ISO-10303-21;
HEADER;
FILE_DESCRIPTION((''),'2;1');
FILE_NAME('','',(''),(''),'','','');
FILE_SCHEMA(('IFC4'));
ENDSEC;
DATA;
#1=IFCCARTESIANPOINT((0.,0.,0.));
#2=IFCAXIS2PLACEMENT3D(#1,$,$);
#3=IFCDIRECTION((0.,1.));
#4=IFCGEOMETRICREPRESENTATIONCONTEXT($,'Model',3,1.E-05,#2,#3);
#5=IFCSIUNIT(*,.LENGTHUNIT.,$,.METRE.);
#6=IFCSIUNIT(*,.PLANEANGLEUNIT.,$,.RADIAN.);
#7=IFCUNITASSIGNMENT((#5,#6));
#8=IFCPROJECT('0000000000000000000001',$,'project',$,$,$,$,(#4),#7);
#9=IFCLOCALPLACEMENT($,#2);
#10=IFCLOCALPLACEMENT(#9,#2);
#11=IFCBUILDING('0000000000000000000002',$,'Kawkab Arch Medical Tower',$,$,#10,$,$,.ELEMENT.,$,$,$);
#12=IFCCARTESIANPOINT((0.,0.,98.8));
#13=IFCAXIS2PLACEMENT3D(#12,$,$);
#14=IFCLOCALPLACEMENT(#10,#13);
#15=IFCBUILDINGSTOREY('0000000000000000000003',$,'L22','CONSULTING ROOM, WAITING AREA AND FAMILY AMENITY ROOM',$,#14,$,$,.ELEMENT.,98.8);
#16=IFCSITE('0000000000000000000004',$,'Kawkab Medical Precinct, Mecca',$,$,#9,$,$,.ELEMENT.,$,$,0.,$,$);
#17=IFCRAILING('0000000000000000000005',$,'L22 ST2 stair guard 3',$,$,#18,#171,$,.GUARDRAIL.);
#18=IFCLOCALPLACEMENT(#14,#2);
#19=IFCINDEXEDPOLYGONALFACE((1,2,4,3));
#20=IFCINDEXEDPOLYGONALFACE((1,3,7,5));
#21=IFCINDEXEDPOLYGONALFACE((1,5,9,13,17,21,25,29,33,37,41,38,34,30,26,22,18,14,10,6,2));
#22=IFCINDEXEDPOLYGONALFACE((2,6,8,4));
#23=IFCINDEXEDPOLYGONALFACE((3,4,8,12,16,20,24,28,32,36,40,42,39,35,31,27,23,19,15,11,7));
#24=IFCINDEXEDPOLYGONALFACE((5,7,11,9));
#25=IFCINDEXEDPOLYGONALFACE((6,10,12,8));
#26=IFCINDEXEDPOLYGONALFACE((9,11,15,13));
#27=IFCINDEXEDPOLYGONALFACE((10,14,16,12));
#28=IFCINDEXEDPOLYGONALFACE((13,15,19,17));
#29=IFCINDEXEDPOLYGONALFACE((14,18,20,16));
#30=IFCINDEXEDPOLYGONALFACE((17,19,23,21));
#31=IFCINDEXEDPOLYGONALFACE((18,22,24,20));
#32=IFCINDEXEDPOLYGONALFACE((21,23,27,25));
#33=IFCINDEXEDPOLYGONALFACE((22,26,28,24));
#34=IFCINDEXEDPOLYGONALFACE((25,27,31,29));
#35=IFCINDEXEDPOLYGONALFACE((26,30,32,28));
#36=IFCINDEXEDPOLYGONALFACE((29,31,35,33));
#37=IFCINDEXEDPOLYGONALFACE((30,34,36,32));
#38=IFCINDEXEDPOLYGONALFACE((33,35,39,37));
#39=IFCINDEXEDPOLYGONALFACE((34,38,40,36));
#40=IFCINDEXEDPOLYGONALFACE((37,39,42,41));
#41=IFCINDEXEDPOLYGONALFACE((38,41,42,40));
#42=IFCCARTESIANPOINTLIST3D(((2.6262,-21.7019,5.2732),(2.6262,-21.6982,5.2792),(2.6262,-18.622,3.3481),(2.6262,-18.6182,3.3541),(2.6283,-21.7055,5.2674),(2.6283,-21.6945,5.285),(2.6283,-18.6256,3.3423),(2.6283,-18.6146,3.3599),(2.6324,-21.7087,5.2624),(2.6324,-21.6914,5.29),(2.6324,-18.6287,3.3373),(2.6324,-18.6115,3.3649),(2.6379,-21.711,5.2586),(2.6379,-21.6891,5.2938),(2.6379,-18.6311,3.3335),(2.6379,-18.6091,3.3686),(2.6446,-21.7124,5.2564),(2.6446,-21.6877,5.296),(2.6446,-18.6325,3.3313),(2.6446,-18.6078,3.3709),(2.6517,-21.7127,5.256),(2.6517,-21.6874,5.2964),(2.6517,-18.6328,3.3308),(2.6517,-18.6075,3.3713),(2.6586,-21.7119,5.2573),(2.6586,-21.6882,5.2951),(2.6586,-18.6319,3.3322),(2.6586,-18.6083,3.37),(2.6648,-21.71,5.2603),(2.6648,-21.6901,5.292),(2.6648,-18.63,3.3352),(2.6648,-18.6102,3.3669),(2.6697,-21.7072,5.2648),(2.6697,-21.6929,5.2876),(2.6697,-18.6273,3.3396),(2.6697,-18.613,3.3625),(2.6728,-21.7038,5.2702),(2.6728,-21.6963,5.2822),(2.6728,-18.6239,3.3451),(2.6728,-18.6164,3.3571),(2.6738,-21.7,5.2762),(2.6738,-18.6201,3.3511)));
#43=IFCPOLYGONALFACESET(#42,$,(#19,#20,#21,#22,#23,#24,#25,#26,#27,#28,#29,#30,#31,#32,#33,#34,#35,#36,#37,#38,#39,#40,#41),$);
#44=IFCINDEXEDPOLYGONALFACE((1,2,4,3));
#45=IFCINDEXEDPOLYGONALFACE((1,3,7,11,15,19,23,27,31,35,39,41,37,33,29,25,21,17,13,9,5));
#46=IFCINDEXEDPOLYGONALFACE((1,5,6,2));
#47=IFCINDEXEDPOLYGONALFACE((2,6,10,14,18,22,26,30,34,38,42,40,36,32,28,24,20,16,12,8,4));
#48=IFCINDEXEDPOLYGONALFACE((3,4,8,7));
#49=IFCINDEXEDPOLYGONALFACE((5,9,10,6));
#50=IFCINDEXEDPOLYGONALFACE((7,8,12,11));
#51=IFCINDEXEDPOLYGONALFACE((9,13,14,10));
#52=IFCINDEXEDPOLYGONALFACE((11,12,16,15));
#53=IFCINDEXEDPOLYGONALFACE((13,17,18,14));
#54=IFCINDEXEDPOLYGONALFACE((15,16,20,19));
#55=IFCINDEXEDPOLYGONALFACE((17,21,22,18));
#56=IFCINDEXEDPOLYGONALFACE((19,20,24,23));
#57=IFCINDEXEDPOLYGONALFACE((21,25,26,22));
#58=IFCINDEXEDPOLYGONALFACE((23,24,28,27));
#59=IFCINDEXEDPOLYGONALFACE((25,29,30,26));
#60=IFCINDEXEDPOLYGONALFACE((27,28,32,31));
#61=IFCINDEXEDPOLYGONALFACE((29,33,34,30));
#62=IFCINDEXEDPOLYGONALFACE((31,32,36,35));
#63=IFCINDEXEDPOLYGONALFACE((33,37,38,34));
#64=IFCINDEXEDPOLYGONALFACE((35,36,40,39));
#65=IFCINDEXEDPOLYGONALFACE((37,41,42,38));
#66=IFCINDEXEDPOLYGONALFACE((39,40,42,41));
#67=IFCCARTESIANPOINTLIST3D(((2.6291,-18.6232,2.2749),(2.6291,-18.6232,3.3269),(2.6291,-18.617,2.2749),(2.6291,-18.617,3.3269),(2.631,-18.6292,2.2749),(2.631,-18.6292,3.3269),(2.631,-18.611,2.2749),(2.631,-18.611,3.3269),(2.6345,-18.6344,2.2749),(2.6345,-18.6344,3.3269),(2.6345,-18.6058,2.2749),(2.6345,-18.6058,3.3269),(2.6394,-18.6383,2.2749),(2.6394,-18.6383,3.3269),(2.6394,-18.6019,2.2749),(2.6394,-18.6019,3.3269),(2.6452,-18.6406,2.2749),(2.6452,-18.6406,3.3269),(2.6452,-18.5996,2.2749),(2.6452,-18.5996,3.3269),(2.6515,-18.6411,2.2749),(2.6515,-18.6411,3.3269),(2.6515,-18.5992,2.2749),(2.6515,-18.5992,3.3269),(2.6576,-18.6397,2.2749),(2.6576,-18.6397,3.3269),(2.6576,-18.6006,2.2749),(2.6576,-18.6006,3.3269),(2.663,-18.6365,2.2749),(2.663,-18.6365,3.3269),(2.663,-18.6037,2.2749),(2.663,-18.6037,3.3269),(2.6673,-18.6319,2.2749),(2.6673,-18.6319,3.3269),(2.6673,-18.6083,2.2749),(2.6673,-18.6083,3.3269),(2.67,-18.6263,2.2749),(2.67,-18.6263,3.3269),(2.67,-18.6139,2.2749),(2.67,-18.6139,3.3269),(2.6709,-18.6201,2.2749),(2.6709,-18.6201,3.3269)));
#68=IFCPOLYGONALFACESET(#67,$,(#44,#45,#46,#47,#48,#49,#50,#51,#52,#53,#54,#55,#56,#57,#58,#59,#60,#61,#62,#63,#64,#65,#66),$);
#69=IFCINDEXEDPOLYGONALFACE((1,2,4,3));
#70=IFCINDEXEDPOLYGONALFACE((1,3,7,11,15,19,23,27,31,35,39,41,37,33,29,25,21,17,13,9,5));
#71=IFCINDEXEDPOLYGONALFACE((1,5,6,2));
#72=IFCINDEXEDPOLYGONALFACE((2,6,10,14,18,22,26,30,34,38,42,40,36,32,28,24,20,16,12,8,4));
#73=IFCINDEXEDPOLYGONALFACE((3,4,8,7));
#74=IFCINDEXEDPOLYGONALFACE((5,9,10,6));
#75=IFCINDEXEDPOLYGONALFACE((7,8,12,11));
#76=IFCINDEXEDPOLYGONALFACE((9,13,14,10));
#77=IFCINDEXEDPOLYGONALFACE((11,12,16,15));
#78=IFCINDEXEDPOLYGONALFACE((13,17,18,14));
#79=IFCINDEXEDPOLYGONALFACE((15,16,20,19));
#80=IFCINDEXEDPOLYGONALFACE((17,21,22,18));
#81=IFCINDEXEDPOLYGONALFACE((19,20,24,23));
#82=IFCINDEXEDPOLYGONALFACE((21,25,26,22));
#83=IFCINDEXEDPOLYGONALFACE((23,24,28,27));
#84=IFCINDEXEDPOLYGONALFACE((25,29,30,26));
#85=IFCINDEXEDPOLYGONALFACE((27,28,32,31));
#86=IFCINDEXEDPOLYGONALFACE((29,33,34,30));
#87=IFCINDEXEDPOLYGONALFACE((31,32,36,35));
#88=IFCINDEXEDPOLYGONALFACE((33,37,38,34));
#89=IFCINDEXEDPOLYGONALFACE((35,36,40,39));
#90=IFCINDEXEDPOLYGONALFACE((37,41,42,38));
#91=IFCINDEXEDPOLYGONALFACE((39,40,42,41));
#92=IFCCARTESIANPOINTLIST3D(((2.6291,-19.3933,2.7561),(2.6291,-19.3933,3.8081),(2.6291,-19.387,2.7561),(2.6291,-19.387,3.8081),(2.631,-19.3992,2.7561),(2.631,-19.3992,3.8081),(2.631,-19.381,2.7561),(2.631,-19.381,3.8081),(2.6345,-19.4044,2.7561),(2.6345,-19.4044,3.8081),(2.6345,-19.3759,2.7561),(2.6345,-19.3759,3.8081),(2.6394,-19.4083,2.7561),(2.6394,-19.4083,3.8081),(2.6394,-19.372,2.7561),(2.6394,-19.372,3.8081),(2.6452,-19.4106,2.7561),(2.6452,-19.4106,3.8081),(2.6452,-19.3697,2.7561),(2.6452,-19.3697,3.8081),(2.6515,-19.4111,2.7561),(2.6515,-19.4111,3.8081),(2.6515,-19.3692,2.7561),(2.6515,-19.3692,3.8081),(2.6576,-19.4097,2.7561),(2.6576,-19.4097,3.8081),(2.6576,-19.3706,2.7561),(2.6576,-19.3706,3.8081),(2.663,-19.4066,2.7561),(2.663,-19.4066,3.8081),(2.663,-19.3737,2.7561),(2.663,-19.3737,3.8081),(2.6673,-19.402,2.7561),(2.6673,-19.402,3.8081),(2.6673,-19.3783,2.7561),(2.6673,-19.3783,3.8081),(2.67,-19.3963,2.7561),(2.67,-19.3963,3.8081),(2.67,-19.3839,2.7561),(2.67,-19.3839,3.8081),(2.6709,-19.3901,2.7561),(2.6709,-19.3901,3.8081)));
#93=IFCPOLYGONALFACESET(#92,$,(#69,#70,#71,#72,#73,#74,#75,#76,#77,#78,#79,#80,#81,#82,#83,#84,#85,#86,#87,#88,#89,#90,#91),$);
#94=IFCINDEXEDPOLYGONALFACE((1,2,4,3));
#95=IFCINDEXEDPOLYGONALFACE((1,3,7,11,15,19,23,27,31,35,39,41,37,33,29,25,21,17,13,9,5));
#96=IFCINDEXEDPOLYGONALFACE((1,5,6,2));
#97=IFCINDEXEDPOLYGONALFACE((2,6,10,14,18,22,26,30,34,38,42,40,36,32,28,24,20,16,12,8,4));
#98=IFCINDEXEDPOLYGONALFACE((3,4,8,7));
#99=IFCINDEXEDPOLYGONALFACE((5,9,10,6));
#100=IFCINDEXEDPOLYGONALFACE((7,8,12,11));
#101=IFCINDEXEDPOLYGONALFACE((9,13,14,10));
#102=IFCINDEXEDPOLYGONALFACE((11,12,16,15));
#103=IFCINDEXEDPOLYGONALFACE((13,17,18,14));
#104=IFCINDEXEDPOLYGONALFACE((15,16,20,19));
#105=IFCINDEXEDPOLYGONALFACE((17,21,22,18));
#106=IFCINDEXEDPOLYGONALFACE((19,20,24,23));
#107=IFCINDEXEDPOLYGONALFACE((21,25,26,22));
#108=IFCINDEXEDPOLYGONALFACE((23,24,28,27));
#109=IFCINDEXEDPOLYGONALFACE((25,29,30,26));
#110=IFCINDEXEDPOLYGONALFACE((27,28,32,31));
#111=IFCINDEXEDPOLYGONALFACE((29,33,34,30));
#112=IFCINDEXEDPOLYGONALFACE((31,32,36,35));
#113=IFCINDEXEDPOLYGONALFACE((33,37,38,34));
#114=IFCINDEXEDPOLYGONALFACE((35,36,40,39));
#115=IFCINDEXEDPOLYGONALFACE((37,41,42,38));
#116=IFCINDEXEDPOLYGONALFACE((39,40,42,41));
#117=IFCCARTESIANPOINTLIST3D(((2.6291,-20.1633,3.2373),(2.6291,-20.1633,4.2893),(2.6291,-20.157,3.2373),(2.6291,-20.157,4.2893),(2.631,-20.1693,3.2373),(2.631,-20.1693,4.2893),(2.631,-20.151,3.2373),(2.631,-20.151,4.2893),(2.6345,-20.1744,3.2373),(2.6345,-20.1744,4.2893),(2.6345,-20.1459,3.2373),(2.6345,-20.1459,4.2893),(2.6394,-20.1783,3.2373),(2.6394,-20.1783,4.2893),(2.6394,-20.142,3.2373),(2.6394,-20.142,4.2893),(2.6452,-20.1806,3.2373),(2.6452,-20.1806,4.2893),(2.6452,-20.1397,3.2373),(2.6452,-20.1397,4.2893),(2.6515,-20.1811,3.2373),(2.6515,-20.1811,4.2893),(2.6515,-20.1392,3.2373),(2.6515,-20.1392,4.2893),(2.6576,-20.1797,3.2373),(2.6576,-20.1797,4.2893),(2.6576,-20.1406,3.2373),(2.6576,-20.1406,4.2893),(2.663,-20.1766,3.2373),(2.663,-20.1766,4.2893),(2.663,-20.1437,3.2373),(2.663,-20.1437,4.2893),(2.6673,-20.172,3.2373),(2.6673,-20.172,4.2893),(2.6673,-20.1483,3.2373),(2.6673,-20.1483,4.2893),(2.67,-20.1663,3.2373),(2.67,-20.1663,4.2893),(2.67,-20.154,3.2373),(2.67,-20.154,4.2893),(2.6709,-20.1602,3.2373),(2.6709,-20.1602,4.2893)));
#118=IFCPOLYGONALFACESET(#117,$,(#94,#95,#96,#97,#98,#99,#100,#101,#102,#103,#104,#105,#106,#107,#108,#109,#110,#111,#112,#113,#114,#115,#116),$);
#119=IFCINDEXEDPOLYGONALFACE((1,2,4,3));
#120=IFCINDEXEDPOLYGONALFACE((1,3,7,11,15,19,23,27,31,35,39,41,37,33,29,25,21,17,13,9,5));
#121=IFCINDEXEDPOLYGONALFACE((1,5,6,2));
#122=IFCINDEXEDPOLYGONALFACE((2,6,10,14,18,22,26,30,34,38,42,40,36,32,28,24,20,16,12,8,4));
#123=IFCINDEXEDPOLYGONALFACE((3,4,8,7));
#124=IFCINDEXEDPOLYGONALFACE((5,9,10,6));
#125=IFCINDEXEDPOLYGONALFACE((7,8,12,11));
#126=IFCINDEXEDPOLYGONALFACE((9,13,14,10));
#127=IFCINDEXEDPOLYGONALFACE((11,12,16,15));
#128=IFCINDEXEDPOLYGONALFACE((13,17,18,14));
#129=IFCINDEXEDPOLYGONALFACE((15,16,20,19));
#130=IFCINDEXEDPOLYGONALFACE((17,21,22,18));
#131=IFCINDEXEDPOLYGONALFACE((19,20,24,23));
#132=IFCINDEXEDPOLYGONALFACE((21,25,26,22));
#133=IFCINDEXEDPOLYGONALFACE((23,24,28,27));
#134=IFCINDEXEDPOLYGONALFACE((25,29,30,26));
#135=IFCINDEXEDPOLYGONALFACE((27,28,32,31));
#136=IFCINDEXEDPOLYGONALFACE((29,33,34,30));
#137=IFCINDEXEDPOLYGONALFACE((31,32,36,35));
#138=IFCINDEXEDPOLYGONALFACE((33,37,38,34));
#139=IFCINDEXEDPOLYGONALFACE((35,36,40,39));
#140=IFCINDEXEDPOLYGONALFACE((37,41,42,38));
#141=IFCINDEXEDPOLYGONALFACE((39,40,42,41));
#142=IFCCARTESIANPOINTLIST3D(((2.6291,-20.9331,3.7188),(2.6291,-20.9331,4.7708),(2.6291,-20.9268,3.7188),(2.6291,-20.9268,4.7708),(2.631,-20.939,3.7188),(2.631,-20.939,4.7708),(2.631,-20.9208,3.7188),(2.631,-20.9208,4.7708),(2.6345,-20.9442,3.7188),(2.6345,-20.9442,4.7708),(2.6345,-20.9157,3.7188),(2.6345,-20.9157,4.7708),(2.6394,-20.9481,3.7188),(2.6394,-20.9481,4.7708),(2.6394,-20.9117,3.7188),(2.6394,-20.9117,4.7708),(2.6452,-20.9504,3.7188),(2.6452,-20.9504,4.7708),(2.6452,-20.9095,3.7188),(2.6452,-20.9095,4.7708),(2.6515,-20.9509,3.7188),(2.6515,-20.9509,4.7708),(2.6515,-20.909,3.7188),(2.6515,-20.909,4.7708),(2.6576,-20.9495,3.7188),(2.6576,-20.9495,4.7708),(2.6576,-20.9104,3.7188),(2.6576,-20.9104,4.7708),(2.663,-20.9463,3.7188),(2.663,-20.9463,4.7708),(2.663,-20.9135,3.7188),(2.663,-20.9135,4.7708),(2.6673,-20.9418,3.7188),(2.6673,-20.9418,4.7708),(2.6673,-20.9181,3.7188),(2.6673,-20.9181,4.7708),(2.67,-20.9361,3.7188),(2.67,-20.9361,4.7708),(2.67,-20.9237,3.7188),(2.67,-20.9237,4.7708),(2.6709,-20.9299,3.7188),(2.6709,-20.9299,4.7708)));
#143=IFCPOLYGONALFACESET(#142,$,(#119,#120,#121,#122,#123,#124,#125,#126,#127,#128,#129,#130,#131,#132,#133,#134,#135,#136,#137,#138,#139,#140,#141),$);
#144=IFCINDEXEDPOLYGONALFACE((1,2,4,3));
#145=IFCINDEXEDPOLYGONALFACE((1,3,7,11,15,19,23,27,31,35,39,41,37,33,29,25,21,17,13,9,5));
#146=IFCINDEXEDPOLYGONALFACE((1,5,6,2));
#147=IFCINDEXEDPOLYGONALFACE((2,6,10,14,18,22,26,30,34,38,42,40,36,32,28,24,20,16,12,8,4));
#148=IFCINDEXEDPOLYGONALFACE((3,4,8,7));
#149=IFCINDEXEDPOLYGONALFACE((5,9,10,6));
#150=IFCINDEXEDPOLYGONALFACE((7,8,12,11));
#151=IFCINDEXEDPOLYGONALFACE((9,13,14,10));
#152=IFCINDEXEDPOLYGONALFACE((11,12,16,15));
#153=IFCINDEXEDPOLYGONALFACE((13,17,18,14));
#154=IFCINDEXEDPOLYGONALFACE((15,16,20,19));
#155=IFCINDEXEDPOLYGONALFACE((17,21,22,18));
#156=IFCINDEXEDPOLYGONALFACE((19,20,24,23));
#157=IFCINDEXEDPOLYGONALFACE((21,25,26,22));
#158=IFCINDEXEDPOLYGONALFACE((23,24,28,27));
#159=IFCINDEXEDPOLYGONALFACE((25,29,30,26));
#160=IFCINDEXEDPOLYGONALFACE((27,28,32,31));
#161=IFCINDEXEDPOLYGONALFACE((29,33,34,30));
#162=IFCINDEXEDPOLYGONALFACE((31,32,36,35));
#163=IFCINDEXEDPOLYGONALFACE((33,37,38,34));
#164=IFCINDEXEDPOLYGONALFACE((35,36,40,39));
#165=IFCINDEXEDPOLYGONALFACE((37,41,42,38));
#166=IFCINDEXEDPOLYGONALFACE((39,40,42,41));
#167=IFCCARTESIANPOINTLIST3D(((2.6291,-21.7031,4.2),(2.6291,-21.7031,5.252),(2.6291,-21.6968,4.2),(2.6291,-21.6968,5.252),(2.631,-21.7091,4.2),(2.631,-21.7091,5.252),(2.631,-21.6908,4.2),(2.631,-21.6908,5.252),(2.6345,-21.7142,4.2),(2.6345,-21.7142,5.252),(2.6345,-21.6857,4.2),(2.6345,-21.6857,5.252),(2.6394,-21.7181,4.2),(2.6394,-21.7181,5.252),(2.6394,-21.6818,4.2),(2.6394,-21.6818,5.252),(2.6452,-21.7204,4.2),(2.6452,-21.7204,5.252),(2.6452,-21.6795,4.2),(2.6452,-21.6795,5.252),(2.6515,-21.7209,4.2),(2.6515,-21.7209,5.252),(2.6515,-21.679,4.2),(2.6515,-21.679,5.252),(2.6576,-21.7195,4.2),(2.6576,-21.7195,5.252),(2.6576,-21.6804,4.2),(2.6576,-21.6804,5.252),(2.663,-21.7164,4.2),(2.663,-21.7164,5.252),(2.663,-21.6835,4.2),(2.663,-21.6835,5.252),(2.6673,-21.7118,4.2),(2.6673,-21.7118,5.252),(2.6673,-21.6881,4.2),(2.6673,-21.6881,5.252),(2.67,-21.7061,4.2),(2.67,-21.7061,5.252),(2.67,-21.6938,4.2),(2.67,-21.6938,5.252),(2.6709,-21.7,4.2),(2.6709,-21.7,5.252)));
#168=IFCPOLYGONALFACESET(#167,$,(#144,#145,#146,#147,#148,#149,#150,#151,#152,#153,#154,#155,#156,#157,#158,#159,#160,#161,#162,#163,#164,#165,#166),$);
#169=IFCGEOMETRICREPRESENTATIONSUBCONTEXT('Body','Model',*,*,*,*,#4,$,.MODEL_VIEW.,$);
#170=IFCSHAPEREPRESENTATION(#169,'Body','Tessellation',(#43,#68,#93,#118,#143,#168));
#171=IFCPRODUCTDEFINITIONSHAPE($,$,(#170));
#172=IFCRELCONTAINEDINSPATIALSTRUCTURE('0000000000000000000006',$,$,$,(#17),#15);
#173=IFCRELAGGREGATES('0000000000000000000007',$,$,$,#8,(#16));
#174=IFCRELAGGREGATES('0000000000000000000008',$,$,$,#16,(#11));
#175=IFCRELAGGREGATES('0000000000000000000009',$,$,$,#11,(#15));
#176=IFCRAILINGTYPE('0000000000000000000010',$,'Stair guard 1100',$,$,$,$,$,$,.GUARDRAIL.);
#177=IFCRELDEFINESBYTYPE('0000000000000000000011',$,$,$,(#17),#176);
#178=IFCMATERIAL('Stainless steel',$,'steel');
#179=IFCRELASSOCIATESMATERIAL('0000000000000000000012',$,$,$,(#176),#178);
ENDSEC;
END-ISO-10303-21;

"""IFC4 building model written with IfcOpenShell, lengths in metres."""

from ifc_helpers import new_model, si_unit, direction, frame, origin, origin_2d, place, context, subcontext, project, spatial, circle, extrude, material, type_object, element, save


model = new_model("IFC4")

# Units and contexts
model_context = context("Model", 3, precision=1e-05, world=origin(), true_north=direction((0.0, 1.0)))
body_context = subcontext(model_context, "Body", "Model", "MODEL_VIEW")
ifc_project = project(units=[si_unit("LENGTHUNIT", "METRE"), si_unit("PLANEANGLEUNIT", "RADIAN")], contexts=[model_context])

# Site, building, storey
site_placement = place(None, origin())
site = spatial("IfcSite", under=ifc_project, at=site_placement, Name="Kawkab Medical Precinct, Mecca", CompositionType="ELEMENT", RefElevation=0.0)
building_placement = place(site_placement, origin())
building = spatial("IfcBuilding", under=site, at=building_placement, Name="Kawkab Arch Medical Tower", CompositionType="ELEMENT")
storey_placement = place(building_placement, frame((0.0, 0.0, 98.8)))
storey = spatial("IfcBuildingStorey", under=building, at=storey_placement, Name="L22", Description="CONSULTING ROOM, WAITING AREA AND FAMILY AMENITY ROOM", CompositionType="ELEMENT", Elevation=98.8)

# Railing
ifc_material_1 = material(Name="Stainless steel", Category="steel")
railing_type = type_object("IfcRailingType", Name="Stair guard 1100", PredefinedType="GUARDRAIL", material=ifc_material_1)
railing_1_placement = place(storey_placement, frame((2.6499, -18.6201, 2.2749)))
element("IfcRailing", 1, at=railing_1_placement, inside=storey, type_object=railing_type, Name="L22 ST2 stair guard 3", PredefinedType="GUARDRAIL", context=body_context, shape_type="SweptSolid", body=[
    extrude(circle(Radius=0.0239, at=origin_2d()), frame((0.0, 0.0, 1.0762), z_axis=(0.0, -0.847979, 0.530029), x_axis=(1.0, 0.0, 0.0)), (0.0, 0.0, 1.0), 3.6321),
    extrude(circle(Radius=0.021, at=origin_2d()), origin(), (0.0, 0.0, 1.0), 1.052),
    extrude(circle(Radius=0.021, at=origin_2d()), frame((0.0, -0.77, 0.4812)), (0.0, 0.0, 1.0), 1.052),
    extrude(circle(Radius=0.021, at=origin_2d()), frame((0.0, -1.54, 0.9624)), (0.0, 0.0, 1.0), 1.052),
    extrude(circle(Radius=0.021, at=origin_2d()), frame((0.0, -2.3098, 1.4438)), (0.0, 0.0, 1.0), 1.052),
    extrude(circle(Radius=0.021, at=origin_2d()), frame((0.0, -3.0798, 1.925)), (0.0, 0.0, 1.0), 1.052),
])

save(model, "model.ifc")
